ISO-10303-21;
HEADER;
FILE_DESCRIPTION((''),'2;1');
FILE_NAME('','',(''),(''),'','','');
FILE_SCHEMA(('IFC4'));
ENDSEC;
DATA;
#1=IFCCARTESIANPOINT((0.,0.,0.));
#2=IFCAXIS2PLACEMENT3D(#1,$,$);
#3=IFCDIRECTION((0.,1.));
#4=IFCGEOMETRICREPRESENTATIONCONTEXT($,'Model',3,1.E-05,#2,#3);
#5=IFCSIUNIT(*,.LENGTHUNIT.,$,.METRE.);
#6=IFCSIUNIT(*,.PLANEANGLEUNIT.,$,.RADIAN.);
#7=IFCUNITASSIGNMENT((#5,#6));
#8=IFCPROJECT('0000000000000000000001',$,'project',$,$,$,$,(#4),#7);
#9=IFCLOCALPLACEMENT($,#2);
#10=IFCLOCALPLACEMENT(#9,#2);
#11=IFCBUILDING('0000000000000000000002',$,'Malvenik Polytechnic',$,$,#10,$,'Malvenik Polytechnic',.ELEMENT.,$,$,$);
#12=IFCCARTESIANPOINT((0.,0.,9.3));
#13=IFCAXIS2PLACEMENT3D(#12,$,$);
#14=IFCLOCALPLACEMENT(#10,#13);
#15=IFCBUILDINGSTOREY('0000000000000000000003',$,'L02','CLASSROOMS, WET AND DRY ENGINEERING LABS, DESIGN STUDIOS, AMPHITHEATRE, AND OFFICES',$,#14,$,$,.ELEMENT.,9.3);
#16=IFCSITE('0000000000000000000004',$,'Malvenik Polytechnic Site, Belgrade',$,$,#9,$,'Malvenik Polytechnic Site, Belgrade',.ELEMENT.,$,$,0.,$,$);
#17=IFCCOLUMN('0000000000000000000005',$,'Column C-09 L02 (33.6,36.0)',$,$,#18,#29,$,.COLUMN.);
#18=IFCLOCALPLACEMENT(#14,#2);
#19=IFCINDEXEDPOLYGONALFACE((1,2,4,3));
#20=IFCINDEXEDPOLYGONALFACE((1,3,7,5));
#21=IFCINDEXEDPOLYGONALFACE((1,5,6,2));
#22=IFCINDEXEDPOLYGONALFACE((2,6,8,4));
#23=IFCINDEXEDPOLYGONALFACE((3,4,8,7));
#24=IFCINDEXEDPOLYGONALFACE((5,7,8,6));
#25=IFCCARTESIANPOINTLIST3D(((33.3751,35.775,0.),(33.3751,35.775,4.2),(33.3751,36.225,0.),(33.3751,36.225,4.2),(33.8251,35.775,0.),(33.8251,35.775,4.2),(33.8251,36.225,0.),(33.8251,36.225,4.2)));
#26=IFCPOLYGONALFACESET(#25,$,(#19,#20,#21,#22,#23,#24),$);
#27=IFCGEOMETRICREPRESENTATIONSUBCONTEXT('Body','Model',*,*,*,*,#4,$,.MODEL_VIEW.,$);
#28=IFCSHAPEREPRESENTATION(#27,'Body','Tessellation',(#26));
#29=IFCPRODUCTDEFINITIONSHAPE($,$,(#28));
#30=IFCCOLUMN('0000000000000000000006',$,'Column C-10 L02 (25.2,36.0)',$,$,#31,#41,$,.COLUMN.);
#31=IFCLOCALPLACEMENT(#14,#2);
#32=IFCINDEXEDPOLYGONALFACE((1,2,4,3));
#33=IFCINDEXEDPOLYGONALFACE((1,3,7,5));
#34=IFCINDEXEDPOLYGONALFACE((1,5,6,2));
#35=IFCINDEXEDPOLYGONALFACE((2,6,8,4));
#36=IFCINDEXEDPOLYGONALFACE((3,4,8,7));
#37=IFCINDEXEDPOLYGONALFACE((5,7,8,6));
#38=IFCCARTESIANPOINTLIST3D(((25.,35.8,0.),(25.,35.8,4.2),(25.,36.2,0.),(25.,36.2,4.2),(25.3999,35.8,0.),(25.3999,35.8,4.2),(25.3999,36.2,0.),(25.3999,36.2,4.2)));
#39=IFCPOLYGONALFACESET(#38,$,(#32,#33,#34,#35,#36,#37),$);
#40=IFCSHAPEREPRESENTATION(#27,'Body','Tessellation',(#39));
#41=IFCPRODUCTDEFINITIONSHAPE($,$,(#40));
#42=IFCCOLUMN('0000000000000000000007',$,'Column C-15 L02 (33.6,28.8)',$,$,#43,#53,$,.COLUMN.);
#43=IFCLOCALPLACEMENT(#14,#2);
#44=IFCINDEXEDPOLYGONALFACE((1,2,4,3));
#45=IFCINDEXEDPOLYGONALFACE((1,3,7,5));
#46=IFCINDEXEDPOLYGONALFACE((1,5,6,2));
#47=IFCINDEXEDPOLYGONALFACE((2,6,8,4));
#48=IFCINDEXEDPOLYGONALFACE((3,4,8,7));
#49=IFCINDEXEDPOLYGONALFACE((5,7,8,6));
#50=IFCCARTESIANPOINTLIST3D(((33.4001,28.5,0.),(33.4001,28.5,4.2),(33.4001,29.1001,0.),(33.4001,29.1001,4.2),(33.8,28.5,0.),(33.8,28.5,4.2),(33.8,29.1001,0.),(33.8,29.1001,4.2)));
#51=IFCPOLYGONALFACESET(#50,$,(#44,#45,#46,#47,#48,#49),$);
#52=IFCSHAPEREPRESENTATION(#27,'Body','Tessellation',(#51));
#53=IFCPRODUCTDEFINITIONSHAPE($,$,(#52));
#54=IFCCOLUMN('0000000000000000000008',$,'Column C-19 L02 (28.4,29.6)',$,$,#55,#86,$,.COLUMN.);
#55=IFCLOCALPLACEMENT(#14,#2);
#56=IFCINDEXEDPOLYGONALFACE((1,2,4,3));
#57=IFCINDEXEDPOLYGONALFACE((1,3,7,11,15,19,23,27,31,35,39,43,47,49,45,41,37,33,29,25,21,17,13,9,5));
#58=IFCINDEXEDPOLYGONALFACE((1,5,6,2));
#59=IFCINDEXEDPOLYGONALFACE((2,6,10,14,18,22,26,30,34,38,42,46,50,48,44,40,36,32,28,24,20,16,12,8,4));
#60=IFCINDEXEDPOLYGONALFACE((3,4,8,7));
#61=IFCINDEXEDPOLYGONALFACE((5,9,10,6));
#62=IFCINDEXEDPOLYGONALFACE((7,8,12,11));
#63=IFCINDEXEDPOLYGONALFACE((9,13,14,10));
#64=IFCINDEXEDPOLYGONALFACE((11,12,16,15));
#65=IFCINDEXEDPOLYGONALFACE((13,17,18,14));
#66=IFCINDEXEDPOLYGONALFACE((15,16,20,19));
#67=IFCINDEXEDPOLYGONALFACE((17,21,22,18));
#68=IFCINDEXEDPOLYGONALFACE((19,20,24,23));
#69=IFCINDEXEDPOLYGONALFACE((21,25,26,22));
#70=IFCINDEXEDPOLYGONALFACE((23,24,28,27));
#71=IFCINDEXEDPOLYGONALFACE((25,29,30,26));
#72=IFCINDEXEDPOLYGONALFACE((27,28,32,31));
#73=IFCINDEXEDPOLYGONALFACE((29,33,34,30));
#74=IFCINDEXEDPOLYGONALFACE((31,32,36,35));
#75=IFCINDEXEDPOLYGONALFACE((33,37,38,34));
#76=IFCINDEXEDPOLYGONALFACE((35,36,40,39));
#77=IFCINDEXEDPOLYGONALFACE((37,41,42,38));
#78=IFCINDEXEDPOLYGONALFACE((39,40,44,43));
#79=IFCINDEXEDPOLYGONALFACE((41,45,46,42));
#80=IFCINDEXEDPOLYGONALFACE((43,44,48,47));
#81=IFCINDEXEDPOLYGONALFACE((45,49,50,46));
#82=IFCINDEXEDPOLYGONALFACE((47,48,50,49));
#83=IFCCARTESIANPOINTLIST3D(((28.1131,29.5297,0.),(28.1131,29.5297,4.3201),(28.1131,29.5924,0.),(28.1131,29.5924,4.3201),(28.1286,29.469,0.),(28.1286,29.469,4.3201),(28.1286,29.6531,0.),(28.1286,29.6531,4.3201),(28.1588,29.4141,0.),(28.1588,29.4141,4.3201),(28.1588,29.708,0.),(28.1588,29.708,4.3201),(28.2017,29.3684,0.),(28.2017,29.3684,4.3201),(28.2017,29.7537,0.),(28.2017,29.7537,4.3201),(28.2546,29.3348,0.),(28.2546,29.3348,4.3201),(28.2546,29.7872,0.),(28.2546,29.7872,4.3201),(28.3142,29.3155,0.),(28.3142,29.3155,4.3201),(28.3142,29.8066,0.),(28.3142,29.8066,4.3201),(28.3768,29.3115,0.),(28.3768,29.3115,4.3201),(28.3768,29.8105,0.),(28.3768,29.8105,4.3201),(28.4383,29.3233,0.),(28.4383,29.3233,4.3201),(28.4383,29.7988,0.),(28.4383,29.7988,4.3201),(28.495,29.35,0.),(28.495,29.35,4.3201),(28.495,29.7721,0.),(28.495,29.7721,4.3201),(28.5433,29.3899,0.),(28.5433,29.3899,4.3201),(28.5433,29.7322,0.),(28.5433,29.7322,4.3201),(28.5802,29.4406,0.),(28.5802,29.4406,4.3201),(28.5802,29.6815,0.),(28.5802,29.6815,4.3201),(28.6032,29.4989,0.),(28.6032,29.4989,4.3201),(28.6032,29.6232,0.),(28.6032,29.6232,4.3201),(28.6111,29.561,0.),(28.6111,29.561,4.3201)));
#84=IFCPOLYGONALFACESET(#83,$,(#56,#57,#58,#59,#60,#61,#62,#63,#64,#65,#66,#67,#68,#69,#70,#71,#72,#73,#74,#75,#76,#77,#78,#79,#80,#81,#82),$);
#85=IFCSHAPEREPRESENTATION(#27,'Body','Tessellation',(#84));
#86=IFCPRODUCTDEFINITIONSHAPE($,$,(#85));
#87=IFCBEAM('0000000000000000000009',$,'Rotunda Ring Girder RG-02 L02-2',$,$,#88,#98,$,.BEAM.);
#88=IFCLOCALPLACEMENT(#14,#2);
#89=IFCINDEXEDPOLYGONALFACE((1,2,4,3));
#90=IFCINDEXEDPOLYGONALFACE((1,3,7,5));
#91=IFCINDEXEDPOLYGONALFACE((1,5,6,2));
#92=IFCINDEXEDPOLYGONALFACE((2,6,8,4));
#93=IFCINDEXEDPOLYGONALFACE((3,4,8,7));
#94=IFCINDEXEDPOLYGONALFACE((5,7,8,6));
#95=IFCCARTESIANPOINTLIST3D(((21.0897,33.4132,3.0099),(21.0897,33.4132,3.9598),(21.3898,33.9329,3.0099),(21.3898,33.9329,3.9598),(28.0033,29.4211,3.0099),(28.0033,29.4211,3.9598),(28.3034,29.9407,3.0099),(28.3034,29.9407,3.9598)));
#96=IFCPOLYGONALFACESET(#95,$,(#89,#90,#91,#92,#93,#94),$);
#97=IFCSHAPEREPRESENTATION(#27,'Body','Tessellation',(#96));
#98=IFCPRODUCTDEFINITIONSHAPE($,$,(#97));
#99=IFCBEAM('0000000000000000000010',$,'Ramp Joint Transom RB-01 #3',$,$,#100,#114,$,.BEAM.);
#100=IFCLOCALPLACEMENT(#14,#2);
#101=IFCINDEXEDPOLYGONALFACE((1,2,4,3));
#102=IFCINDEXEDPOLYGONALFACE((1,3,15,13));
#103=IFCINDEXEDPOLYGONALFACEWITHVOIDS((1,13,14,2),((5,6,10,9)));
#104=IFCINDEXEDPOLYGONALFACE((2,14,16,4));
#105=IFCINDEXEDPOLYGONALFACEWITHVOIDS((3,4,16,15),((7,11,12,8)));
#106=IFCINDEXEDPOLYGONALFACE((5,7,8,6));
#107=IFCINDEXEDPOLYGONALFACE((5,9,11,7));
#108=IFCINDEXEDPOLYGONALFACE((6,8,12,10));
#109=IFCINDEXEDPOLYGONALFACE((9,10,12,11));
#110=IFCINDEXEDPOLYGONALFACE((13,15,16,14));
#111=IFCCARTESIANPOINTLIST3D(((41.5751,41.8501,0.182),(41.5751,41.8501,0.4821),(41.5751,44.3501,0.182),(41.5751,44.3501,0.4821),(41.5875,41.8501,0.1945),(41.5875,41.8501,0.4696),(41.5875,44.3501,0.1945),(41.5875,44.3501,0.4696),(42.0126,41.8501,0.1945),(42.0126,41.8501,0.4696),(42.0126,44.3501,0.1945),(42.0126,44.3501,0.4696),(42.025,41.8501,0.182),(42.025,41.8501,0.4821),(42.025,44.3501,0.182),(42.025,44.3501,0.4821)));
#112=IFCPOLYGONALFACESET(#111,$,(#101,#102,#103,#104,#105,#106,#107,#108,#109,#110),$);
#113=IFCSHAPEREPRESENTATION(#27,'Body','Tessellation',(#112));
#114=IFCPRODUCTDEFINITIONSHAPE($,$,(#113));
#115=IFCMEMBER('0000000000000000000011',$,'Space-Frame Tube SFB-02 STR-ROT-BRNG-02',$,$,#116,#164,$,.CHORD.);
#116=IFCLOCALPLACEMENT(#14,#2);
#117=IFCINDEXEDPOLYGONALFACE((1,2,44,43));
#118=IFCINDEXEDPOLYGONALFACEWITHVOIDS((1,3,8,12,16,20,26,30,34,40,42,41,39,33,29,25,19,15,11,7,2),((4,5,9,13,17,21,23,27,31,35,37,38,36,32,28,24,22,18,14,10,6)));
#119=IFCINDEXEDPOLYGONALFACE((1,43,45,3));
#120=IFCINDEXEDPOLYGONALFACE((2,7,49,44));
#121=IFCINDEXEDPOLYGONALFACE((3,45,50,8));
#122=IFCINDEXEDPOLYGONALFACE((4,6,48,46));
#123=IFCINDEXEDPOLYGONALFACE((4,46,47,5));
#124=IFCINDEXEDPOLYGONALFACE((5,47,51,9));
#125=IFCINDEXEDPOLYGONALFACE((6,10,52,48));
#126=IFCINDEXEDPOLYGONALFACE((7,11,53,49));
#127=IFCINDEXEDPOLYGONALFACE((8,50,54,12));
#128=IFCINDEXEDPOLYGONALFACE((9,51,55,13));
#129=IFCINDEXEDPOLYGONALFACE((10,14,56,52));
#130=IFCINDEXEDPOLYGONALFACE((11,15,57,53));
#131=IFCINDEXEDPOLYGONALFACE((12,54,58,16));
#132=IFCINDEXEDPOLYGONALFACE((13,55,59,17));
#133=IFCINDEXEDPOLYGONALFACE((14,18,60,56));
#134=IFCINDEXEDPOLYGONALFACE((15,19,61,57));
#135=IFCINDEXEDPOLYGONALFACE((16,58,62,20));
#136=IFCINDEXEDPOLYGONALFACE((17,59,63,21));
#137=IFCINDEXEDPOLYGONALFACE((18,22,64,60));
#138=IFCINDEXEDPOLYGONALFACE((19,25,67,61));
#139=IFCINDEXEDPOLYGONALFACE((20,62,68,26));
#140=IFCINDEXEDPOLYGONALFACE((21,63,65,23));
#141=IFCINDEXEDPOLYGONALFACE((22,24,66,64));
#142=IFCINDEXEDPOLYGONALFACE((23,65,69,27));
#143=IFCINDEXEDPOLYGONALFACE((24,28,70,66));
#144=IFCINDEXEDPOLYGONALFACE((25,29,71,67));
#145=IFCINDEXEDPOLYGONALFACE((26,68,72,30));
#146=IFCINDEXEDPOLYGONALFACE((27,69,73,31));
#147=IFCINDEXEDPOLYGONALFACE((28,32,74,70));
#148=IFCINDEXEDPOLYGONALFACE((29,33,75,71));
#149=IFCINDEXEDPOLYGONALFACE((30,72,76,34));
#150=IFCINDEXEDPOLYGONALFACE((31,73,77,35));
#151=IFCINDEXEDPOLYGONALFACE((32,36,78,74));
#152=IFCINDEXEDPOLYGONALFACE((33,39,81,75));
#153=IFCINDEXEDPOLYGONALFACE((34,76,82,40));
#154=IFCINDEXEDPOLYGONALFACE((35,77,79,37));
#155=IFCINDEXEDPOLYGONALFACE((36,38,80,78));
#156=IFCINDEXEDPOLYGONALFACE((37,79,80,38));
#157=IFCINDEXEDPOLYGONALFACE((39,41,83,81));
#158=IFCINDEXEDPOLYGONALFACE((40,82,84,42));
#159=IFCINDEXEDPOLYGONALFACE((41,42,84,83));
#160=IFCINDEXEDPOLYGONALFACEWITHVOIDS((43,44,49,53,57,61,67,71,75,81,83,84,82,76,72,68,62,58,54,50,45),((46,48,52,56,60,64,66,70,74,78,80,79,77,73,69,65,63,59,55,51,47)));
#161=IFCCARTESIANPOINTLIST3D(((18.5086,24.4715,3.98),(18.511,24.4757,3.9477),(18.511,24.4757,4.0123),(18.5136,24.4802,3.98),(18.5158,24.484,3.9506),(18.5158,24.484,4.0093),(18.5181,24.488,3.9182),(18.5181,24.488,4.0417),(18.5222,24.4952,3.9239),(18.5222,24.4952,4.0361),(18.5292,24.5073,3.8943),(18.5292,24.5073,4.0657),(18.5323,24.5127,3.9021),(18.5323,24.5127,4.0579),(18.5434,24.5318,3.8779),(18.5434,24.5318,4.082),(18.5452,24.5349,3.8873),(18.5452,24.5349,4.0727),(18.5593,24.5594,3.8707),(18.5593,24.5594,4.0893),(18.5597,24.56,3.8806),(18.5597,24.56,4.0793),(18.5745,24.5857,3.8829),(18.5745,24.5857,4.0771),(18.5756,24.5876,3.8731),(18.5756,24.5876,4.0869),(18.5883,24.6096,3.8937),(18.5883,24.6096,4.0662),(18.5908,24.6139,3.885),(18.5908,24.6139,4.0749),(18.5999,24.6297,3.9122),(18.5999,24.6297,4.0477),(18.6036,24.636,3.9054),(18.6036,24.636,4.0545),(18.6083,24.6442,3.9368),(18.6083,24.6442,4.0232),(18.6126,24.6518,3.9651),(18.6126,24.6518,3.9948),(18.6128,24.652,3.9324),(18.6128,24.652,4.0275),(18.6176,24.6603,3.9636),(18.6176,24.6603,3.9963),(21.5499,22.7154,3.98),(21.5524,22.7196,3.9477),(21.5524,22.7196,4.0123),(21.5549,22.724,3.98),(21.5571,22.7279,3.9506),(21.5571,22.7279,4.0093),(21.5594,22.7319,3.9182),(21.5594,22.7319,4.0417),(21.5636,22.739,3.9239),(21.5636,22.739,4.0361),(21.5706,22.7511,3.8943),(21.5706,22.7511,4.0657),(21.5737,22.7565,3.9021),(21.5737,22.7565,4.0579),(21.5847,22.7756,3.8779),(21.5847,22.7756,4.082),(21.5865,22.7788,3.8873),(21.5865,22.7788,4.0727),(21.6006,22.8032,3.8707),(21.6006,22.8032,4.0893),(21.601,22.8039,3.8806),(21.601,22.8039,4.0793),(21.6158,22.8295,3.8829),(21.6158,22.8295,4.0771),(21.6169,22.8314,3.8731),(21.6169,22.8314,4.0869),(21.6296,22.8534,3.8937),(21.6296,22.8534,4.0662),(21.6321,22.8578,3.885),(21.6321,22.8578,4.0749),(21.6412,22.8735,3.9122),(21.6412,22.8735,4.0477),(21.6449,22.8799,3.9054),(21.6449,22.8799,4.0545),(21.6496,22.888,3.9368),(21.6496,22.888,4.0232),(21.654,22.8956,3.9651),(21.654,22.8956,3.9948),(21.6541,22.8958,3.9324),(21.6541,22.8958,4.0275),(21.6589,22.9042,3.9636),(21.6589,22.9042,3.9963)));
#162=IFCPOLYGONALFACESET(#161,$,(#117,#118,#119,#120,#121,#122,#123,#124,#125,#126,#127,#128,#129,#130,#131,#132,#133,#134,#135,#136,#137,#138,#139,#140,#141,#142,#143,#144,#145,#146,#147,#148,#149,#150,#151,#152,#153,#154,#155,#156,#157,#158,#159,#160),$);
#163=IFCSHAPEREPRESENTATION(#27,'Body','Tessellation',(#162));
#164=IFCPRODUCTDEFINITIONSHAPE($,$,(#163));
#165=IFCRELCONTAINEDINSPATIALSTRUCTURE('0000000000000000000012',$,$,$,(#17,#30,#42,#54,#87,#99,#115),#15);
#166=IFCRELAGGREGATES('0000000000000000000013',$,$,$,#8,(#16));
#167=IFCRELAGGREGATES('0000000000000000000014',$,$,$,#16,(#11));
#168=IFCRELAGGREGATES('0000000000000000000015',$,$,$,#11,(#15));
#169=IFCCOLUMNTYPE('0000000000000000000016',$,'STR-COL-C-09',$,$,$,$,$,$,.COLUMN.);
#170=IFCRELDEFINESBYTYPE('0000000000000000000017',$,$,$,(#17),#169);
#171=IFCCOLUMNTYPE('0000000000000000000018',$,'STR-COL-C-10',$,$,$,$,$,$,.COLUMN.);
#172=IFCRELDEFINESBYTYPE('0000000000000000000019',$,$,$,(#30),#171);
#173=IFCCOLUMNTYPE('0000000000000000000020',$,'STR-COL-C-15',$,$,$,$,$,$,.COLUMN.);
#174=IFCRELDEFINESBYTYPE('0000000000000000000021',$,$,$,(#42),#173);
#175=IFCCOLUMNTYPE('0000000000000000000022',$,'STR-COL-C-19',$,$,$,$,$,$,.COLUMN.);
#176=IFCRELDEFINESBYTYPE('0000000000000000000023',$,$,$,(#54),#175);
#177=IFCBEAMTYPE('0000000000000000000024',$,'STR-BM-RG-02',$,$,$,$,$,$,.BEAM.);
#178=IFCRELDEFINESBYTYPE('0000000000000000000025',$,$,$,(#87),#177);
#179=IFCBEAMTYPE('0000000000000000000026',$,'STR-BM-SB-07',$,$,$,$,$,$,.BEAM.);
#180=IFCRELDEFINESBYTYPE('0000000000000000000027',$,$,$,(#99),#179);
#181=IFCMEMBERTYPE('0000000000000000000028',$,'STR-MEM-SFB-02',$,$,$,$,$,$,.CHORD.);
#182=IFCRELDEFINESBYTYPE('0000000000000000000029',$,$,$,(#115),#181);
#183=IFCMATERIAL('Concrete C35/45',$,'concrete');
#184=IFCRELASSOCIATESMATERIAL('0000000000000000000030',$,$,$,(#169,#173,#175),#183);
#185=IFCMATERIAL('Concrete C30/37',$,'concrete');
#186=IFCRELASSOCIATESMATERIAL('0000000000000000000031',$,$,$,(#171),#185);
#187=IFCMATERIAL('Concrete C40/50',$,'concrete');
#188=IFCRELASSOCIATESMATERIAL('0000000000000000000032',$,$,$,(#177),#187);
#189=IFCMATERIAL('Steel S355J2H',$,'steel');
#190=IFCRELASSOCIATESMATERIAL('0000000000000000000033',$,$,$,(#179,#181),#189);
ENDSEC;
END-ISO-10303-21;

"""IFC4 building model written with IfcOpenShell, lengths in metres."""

from ifc_helpers import new_model, si_unit, direction, frame, origin, origin_2d, place, context, subcontext, project, spatial, rectangle, hollow_rectangle, circle, hollow_circle, extrude, material, material_profile, profile_set, type_object, element, save


model = new_model("IFC4")

# Units and contexts
model_context = context("Model", 3, precision=1e-05, world=origin(), true_north=direction((0.0, 1.0)))
body_context = subcontext(model_context, "Body", "Model", "MODEL_VIEW")
ifc_project = project(units=[si_unit("LENGTHUNIT", "METRE"), si_unit("PLANEANGLEUNIT", "RADIAN")], contexts=[model_context])

# Site, building, storey
site_placement = place(None, origin())
site = spatial("IfcSite", under=ifc_project, at=site_placement, Name="Malvenik Polytechnic Site, Belgrade", LongName="Malvenik Polytechnic Site, Belgrade", CompositionType="ELEMENT", RefElevation=0.0)
building_placement = place(site_placement, origin())
building = spatial("IfcBuilding", under=site, at=building_placement, Name="Malvenik Polytechnic", LongName="Malvenik Polytechnic", CompositionType="ELEMENT")
storey_placement = place(building_placement, frame((0.0, 0.0, 9.3)))
storey = spatial("IfcBuildingStorey", under=building, at=storey_placement, Name="L02", Description="CLASSROOMS, WET AND DRY ENGINEERING LABS, DESIGN STUDIOS, AMPHITHEATRE, AND OFFICES", CompositionType="ELEMENT", Elevation=9.3)

# Columns
ifc_material_1 = material(Name="Concrete C35/45", Category="concrete")
ifc_material_profile_1 = material_profile(ifc_material_1, rectangle(XDim=0.45, YDim=0.45, at=origin_2d()), Name="RC COL 450x450")
ifc_profile_set_1 = profile_set([ifc_material_profile_1], Name="Concrete C35/45")
column_type_1 = type_object("IfcColumnType", Name="STR-COL-C-09", PredefinedType="COLUMN", material=ifc_profile_set_1)
column_1_placement = place(storey_placement, frame((33.6001, 36.0, 0.0), z_axis=(0.0, 0.0, 1.0), x_axis=(1.0, 0.0, 0.0)))
element("IfcColumn", 1, at=column_1_placement, inside=storey, type_object=column_type_1, Name="Column C-09 L02 (33.6,36.0)", PredefinedType="COLUMN", context=body_context, shape_type="SweptSolid", body=[
    extrude(rectangle(XDim=0.45, YDim=0.45, at=origin_2d()), origin(), (0.0, 0.0, 1.0), 4.2),
])
ifc_material_2 = material(Name="Concrete C30/37", Category="concrete")
ifc_material_profile_2 = material_profile(ifc_material_2, rectangle(XDim=0.3999, YDim=0.3999, at=origin_2d()), Name="RC COL 400x400")
ifc_profile_set_2 = profile_set([ifc_material_profile_2], Name="Concrete C30/37")
column_type_2 = type_object("IfcColumnType", Name="STR-COL-C-10", PredefinedType="COLUMN", material=ifc_profile_set_2)
column_2_placement = place(storey_placement, frame((25.2, 36.0, 0.0), z_axis=(0.0, 0.0, 1.0), x_axis=(1.0, 0.0, 0.0)))
element("IfcColumn", 2, at=column_2_placement, inside=storey, type_object=column_type_2, Name="Column C-10 L02 (25.2,36.0)", PredefinedType="COLUMN", context=body_context, shape_type="SweptSolid", body=[
    extrude(rectangle(XDim=0.3999, YDim=0.3999, at=origin_2d()), origin(), (0.0, 0.0, 1.0), 4.2),
])
ifc_material_profile_3 = material_profile(ifc_material_1, rectangle(XDim=0.3999, YDim=0.6001, at=origin_2d()), Name="RC COL 600x400")
ifc_profile_set_3 = profile_set([ifc_material_profile_3], Name="Concrete C35/45")
column_type_3 = type_object("IfcColumnType", Name="STR-COL-C-15", PredefinedType="COLUMN", material=ifc_profile_set_3)
column_3_placement = place(storey_placement, frame((33.6001, 28.8, 0.0), z_axis=(0.0, 0.0, 1.0), x_axis=(1.0, 0.0, 0.0)))
element("IfcColumn", 3, at=column_3_placement, inside=storey, type_object=column_type_3, Name="Column C-15 L02 (33.6,28.8)", PredefinedType="COLUMN", context=body_context, shape_type="SweptSolid", body=[
    extrude(rectangle(XDim=0.3999, YDim=0.6001, at=origin_2d()), origin(), (0.0, 0.0, 1.0), 4.2),
])
ifc_material_profile_4 = material_profile(ifc_material_1, circle(Radius=0.25, at=origin_2d()), Name="RC COL D500")
ifc_profile_set_4 = profile_set([ifc_material_profile_4], Name="Concrete C35/45")
column_type_4 = type_object("IfcColumnType", Name="STR-COL-C-19", PredefinedType="COLUMN", material=ifc_profile_set_4)
column_4_placement = place(storey_placement, frame((28.3611, 29.561, 0.0), z_axis=(0.0, 0.0, 1.0), x_axis=(1.0, 0.0, 0.0)))
element("IfcColumn", 4, at=column_4_placement, inside=storey, type_object=column_type_4, Name="Column C-19 L02 (28.4,29.6)", PredefinedType="COLUMN", context=body_context, shape_type="SweptSolid", body=[
    extrude(circle(Radius=0.25, at=origin_2d()), origin(), (0.0, 0.0, 1.0), 4.3201),
])

# Beams
ifc_material_3 = material(Name="Concrete C40/50", Category="concrete")
ifc_material_profile_5 = material_profile(ifc_material_3, rectangle(XDim=0.6001, YDim=0.95, at=origin_2d()), Name="RC RG 600x950")
ifc_profile_set_5 = profile_set([ifc_material_profile_5], Name="Concrete C40/50")
beam_type_1 = type_object("IfcBeamType", Name="STR-BM-RG-02", PredefinedType="BEAM", material=ifc_profile_set_5)
beam_1_placement = place(storey_placement, frame((28.1533, 29.6809, 3.4849), z_axis=(-0.865991, 0.50006, 0.0), x_axis=(-0.50006, -0.865991, 0.0)))
element("IfcBeam", 5, at=beam_1_placement, inside=storey, type_object=beam_type_1, Name="Rotunda Ring Girder RG-02 L02-2", PredefinedType="BEAM", context=body_context, shape_type="SweptSolid", body=[
    extrude(rectangle(XDim=0.6001, YDim=0.95, at=origin_2d()), origin(), (0.0, 0.0, 1.0), 7.9834),
])
ifc_material_4 = material(Name="Steel S355J2H", Category="steel")
ifc_material_profile_6 = material_profile(ifc_material_4, hollow_rectangle(XDim=0.45, YDim=0.3, WallThickness=0.0125, at=origin_2d()), Name="RHS 450x300x12.5")
ifc_profile_set_6 = profile_set([ifc_material_profile_6], Name="Steel S355J2H")
beam_type_2 = type_object("IfcBeamType", Name="STR-BM-SB-07", PredefinedType="BEAM", material=ifc_profile_set_6)
beam_2_placement = place(storey_placement, frame((41.8, 41.8501, 0.332), z_axis=(0.0, 1.0, 0.0), x_axis=(-1.0, 0.0, 0.0)))
element("IfcBeam", 6, at=beam_2_placement, inside=storey, type_object=beam_type_2, Name="Ramp Joint Transom RB-01 #3", PredefinedType="BEAM", context=body_context, shape_type="SweptSolid", body=[
    extrude(hollow_rectangle(XDim=0.45, YDim=0.3, WallThickness=0.0125, at=origin_2d()), origin(), (0.0, 0.0, 1.0), 2.5),
])

# Member
ifc_material_profile_7 = material_profile(ifc_material_4, hollow_circle(Radius=0.1096, WallThickness=0.01, at=origin_2d()), Name="CHS 219.1x10.0")
ifc_profile_set_7 = profile_set([ifc_material_profile_7], Name="Steel S355J2H")
member_type = type_object("IfcMemberType", Name="STR-MEM-SFB-02", PredefinedType="CHORD", material=ifc_profile_set_7)
member_1_placement = place(storey_placement, frame((21.6047, 22.8103, 3.98), z_axis=(-0.865997, 0.500049, 0.0), x_axis=(-0.500049, -0.865997, 0.0)))
element("IfcMember", 7, at=member_1_placement, inside=storey, type_object=member_type, Name="Space-Frame Tube SFB-02 STR-ROT-BRNG-02", PredefinedType="CHORD", context=body_context, shape_type="SweptSolid", body=[
    extrude(hollow_circle(Radius=0.1096, WallThickness=0.01, at=origin_2d()), origin(), (0.0, 0.0, 1.0), 3.512),
])

save(model, "model.ifc")
